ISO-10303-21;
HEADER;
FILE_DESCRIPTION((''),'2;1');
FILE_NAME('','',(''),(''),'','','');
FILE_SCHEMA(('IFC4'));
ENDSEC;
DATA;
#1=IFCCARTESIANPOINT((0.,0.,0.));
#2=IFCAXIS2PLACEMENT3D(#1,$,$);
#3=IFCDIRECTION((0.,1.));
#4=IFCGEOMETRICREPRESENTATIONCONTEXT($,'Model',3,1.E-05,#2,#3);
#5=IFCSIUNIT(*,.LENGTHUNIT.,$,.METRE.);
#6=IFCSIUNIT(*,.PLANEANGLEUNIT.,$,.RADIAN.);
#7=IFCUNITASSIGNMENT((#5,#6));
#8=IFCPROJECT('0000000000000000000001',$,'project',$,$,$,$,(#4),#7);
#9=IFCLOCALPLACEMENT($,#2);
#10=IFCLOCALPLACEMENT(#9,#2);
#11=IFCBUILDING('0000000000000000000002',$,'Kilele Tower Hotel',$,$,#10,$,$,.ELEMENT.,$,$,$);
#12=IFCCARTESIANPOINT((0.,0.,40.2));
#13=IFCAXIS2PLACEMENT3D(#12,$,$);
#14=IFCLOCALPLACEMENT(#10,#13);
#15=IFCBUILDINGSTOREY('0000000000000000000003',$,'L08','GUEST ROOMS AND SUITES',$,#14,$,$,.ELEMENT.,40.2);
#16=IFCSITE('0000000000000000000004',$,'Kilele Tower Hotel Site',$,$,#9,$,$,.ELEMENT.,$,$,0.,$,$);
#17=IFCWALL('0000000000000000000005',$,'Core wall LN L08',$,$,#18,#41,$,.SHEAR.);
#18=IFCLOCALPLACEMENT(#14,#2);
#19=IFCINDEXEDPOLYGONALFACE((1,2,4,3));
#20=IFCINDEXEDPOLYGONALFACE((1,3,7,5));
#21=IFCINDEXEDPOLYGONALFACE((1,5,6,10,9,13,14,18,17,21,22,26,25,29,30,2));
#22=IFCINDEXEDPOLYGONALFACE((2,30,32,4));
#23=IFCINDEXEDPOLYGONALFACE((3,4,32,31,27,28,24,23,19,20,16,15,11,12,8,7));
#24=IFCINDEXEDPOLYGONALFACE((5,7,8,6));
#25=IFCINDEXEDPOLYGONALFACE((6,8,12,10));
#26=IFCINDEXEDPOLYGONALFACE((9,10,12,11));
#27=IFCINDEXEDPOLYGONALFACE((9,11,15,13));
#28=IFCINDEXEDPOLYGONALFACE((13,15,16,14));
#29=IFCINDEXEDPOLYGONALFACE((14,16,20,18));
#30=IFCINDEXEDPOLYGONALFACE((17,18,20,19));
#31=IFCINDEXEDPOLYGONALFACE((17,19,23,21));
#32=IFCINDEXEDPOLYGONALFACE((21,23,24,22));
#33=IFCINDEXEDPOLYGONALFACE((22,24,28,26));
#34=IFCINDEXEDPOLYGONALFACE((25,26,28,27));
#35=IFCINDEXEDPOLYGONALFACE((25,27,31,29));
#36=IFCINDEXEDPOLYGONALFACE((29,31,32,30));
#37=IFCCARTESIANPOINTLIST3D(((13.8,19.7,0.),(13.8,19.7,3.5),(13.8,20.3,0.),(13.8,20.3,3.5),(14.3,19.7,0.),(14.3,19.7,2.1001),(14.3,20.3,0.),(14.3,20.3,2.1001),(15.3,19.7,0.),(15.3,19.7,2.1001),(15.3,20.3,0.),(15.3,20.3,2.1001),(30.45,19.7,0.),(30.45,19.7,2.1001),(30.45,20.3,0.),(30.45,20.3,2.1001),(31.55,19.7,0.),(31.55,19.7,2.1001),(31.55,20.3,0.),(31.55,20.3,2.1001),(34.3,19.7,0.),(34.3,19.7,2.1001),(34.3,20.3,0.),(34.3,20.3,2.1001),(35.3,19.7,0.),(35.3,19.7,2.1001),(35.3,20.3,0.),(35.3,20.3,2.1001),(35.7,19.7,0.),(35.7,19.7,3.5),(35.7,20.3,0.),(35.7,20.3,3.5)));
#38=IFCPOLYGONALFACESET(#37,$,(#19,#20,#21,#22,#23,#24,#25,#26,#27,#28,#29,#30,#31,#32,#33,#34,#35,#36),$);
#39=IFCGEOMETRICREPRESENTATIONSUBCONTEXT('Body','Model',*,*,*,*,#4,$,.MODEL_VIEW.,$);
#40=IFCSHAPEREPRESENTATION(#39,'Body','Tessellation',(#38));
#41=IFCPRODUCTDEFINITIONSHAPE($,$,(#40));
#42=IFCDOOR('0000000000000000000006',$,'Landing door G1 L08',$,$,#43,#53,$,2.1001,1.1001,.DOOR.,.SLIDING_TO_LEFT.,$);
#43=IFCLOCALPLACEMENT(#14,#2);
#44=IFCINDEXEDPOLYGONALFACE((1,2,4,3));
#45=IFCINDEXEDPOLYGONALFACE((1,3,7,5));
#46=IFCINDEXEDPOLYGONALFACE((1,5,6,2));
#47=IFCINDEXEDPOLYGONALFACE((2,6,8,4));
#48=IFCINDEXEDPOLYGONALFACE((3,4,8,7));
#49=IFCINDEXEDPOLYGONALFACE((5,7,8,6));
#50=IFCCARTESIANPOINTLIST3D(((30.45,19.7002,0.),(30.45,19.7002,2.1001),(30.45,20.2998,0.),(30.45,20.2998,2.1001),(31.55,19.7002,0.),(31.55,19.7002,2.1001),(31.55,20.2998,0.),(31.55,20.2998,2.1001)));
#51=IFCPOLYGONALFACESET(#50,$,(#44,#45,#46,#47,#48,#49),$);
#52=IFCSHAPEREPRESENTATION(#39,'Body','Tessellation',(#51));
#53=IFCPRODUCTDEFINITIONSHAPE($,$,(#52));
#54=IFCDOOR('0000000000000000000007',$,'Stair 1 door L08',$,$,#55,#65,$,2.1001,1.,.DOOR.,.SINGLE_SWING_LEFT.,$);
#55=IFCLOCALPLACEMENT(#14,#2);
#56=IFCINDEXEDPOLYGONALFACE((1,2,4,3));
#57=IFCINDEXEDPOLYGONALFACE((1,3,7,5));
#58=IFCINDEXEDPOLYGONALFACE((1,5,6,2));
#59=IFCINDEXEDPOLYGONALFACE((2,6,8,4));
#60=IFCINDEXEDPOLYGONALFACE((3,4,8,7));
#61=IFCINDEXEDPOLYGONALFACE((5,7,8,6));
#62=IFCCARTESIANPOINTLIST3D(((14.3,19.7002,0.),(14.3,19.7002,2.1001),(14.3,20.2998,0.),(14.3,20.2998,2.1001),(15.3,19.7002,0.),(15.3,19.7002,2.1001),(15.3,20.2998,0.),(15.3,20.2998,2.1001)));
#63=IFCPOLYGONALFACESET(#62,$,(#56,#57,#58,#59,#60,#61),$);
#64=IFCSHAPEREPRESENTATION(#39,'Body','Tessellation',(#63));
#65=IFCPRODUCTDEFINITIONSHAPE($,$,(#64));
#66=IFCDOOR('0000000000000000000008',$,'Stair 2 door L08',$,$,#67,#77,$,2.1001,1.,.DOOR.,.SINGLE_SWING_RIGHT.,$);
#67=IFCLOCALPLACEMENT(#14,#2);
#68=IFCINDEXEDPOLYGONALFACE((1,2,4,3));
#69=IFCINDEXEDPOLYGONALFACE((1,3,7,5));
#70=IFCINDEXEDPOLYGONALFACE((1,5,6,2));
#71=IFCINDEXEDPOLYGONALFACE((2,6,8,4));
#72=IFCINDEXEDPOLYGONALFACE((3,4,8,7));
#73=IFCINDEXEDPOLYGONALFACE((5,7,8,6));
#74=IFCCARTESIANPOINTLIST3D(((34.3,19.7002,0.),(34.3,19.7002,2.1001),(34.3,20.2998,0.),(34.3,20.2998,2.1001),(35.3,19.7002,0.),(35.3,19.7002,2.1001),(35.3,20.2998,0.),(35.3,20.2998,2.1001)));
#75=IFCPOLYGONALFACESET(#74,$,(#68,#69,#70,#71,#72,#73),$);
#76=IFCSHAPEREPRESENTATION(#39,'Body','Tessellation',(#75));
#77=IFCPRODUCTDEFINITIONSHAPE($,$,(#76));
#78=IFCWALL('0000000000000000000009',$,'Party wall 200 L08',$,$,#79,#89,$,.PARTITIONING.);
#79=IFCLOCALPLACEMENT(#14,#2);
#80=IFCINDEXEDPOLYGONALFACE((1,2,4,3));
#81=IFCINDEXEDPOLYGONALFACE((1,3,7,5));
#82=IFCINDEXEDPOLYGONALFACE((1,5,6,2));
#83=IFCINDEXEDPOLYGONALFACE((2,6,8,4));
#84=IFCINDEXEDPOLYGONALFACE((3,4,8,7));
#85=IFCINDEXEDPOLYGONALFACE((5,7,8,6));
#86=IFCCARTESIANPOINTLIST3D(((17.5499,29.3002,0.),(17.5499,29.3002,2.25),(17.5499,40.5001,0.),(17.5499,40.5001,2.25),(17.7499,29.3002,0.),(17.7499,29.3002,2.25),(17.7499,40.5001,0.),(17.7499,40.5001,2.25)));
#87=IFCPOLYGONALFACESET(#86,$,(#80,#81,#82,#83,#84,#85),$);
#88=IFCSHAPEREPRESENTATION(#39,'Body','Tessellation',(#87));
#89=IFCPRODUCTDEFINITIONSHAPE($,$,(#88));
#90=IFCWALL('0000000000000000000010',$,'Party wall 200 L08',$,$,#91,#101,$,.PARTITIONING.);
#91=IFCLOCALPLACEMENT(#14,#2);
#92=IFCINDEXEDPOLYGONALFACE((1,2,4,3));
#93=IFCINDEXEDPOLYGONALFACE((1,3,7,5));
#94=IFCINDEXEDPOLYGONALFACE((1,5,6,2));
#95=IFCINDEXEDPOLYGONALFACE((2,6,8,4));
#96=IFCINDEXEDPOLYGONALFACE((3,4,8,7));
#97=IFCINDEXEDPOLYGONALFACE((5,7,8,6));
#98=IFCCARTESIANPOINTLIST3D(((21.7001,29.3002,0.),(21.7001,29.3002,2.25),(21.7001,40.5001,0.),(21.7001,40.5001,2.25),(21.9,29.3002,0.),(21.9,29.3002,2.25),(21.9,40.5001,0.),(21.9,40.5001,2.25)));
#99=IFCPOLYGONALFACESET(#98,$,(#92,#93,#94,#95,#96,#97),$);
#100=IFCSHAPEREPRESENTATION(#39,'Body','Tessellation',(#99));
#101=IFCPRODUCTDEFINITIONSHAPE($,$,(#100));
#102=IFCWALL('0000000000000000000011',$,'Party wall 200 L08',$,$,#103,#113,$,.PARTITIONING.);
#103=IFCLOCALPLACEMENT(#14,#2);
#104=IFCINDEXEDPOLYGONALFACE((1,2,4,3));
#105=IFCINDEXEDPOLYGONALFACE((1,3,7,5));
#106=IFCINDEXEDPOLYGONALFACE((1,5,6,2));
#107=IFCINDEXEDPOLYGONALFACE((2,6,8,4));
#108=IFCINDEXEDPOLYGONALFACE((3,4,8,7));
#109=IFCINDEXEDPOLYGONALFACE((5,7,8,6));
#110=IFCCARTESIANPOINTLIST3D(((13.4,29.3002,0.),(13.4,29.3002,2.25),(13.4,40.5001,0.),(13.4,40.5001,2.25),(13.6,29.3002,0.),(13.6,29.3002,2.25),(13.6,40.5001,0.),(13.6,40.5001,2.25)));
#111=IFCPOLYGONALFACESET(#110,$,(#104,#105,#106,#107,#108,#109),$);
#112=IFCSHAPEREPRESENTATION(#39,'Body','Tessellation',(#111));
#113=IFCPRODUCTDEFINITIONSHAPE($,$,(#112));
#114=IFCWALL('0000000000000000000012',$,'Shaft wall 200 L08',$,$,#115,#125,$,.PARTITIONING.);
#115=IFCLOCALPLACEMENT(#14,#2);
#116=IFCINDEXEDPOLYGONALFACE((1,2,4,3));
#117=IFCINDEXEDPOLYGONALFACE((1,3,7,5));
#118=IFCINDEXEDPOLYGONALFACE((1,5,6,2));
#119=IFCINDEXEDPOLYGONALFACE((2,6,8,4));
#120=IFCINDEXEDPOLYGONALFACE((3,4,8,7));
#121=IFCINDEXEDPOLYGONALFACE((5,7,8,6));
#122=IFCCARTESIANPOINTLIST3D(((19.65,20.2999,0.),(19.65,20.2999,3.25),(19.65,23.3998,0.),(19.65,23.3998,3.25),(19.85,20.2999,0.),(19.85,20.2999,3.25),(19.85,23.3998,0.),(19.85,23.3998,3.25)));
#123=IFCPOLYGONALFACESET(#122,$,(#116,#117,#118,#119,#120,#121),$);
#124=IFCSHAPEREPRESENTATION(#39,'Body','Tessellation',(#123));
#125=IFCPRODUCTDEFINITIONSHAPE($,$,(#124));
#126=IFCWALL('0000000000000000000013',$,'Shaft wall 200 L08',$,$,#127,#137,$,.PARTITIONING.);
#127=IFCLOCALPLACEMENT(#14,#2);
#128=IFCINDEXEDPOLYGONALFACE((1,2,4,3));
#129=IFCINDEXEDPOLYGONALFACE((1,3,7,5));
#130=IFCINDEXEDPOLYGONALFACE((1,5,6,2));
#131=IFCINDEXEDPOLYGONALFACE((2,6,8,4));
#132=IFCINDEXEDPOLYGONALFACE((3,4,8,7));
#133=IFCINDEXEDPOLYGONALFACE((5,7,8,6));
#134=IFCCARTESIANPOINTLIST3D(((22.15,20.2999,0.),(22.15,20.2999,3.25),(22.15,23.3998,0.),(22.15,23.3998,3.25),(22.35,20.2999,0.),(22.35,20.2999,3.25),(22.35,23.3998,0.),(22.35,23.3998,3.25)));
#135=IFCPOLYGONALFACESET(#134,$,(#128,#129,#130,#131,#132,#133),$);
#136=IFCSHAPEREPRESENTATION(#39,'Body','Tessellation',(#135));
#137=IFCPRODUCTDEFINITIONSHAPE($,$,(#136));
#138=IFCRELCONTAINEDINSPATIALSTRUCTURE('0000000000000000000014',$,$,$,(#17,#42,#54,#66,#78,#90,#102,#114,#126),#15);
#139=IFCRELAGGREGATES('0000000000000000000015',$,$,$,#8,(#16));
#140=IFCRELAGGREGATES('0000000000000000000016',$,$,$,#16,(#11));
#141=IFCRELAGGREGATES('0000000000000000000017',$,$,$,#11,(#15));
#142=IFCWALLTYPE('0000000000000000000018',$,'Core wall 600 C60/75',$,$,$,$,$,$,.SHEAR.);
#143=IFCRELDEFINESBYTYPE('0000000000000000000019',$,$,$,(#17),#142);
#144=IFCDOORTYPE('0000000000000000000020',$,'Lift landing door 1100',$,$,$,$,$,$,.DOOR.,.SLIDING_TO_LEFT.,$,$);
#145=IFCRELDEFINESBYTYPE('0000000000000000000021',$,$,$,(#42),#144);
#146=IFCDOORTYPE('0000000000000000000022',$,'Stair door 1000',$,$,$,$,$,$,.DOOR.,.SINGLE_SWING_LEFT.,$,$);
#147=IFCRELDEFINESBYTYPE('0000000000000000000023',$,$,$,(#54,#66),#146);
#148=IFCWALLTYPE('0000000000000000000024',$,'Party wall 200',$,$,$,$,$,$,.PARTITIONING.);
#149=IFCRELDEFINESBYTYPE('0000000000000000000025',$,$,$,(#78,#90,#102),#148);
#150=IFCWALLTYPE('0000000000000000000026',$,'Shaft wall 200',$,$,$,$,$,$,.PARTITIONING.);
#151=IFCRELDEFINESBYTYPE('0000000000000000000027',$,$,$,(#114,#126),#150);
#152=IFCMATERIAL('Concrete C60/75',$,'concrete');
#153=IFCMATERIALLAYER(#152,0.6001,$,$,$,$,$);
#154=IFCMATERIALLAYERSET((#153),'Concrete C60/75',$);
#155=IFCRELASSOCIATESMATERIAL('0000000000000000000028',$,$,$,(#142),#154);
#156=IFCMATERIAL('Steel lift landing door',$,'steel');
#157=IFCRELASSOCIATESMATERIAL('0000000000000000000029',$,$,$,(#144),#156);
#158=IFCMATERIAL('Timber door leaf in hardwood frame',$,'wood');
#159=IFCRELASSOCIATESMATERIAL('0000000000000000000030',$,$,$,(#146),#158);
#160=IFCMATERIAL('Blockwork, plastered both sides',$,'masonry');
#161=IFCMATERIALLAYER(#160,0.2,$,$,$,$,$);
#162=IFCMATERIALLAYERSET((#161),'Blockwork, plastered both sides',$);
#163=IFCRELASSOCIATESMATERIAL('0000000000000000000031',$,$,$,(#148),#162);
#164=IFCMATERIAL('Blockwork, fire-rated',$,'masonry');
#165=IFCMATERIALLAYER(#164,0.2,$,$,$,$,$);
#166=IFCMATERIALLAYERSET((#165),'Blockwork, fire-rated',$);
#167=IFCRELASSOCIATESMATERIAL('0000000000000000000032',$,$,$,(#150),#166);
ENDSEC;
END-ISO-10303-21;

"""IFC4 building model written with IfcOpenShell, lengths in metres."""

from ifc_helpers import new_model, si_unit, direction, frame, frame_2d, origin, place, context, subcontext, project, spatial, rectangle, extrude, material, layer, layer_set, type_object, element, fill, save


model = new_model("IFC4")

# Units and contexts
model_context = context("Model", 3, precision=1e-05, world=origin(), true_north=direction((0.0, 1.0)))
body_context = subcontext(model_context, "Body", "Model", "MODEL_VIEW")
ifc_project = project(units=[si_unit("LENGTHUNIT", "METRE"), si_unit("PLANEANGLEUNIT", "RADIAN")], contexts=[model_context])

# Site, building, storey
site_placement = place(None, origin())
site = spatial("IfcSite", under=ifc_project, at=site_placement, Name="Kilele Tower Hotel Site", CompositionType="ELEMENT", RefElevation=0.0)
building_placement = place(site_placement, origin())
building = spatial("IfcBuilding", under=site, at=building_placement, Name="Kilele Tower Hotel", CompositionType="ELEMENT")
storey_placement = place(building_placement, frame((0.0, 0.0, 40.2)))
storey = spatial("IfcBuildingStorey", under=building, at=storey_placement, Name="L08", Description="GUEST ROOMS AND SUITES", CompositionType="ELEMENT", Elevation=40.2)

# Wall, openings, doors
ifc_material_1 = material(Name="Concrete C60/75", Category="concrete")
ifc_layer_1 = layer(ifc_material_1, 0.6001)
ifc_layer_set_1 = layer_set([ifc_layer_1], Name="Concrete C60/75")
wall_type_1 = type_object("IfcWallType", Name="Core wall 600 C60/75", PredefinedType="SHEAR", material=ifc_layer_set_1)
wall_1_placement = place(storey_placement, frame((13.8, 20.0, 0.0), z_axis=(0.0, 0.0, 1.0), x_axis=(1.0, 0.0, 0.0)))
wall_1 = element("IfcWall", 1, at=wall_1_placement, inside=storey, type_object=wall_type_1, Name="Core wall LN L08", PredefinedType="SHEAR", context=body_context, shape_type="SweptSolid", body=[
    extrude(rectangle(XDim=21.8999, YDim=0.6001, at=frame_2d((10.95, 0.0))), origin(), (0.0, 0.0, 1.0), 3.5),
])
opening_1_placement = place(wall_1_placement, frame((0.5, 0.0, 0.0)))
opening_1 = element("IfcOpeningElement", 2, at=opening_1_placement, cuts=wall_1, PredefinedType="OPENING", context=body_context, shape_type="SweptSolid", body=[
    extrude(rectangle(XDim=1.0, YDim=2.1001, at=frame_2d((0.5, 1.05))), frame((0.0, 0.3101, 0.0), z_axis=(0.0, -1.0, 0.0), x_axis=(1.0, 0.0, 0.0)), (0.0, 0.0, 1.0), 0.6201),
])
opening_2_placement = place(wall_1_placement, frame((20.5, 0.0, 0.0)))
opening_2 = element("IfcOpeningElement", 3, at=opening_2_placement, cuts=wall_1, PredefinedType="OPENING", context=body_context, shape_type="SweptSolid", body=[
    extrude(rectangle(XDim=1.0, YDim=2.1001, at=frame_2d((0.5, 1.05))), frame((0.0, 0.3101, 0.0), z_axis=(0.0, -1.0, 0.0), x_axis=(1.0, 0.0, 0.0)), (0.0, 0.0, 1.0), 0.6201),
])
opening_3_placement = place(wall_1_placement, frame((16.6499, 0.0, 0.0)))
opening_3 = element("IfcOpeningElement", 4, at=opening_3_placement, cuts=wall_1, PredefinedType="OPENING", context=body_context, shape_type="SweptSolid", body=[
    extrude(rectangle(XDim=1.1001, YDim=2.1001, at=frame_2d((0.55, 1.05))), frame((0.0, 0.3101, 0.0), z_axis=(0.0, -1.0, 0.0), x_axis=(1.0, 0.0, 0.0)), (0.0, 0.0, 1.0), 0.6201),
])
ifc_material_2 = material(Name="Steel lift landing door", Category="steel")
door_type_1 = type_object("IfcDoorType", Name="Lift landing door 1100", OperationType="SLIDING_TO_LEFT", PredefinedType="DOOR", material=ifc_material_2)
door_1_placement = place(opening_3_placement, origin())
door_1 = element("IfcDoor", 5, at=door_1_placement, inside=storey, type_object=door_type_1, Name="Landing door G1 L08", OperationType="SLIDING_TO_LEFT", OverallHeight=2.1001, OverallWidth=1.1001, PredefinedType="DOOR", context=body_context, shape_type="SweptSolid", body=[
    extrude(rectangle(XDim=1.1001, YDim=2.1001, at=frame_2d((0.55, 1.05))), frame((0.0, 0.2998, 0.0), z_axis=(0.0, -1.0, 0.0), x_axis=(1.0, 0.0, 0.0)), (0.0, 0.0, 1.0), 0.5996),
])
fill(opening_3, door_1)
ifc_material_3 = material(Name="Timber door leaf in hardwood frame", Category="wood")
door_type_2 = type_object("IfcDoorType", Name="Stair door 1000", OperationType="SINGLE_SWING_LEFT", PredefinedType="DOOR", material=ifc_material_3)
door_2_placement = place(opening_1_placement, origin())
door_2 = element("IfcDoor", 6, at=door_2_placement, inside=storey, type_object=door_type_2, Name="Stair 1 door L08", OperationType="SINGLE_SWING_LEFT", OverallHeight=2.1001, OverallWidth=1.0, PredefinedType="DOOR", context=body_context, shape_type="SweptSolid", body=[
    extrude(rectangle(XDim=1.0, YDim=2.1001, at=frame_2d((0.5, 1.05))), frame((0.0, 0.2998, 0.0), z_axis=(0.0, -1.0, 0.0), x_axis=(1.0, 0.0, 0.0)), (0.0, 0.0, 1.0), 0.5996),
])
fill(opening_1, door_2)
door_3_placement = place(opening_2_placement, origin())
door_3 = element("IfcDoor", 7, at=door_3_placement, inside=storey, type_object=door_type_2, Name="Stair 2 door L08", OperationType="SINGLE_SWING_RIGHT", OverallHeight=2.1001, OverallWidth=1.0, PredefinedType="DOOR", context=body_context, shape_type="SweptSolid", body=[
    extrude(rectangle(XDim=1.0, YDim=2.1001, at=frame_2d((0.5, 1.05))), frame((0.0, 0.2998, 0.0), z_axis=(0.0, -1.0, 0.0), x_axis=(1.0, 0.0, 0.0)), (0.0, 0.0, 1.0), 0.5996),
])
fill(opening_2, door_3)

# Walls
ifc_material_4 = material(Name="Blockwork, plastered both sides", Category="masonry")
ifc_layer_2 = layer(ifc_material_4, 0.2)
ifc_layer_set_2 = layer_set([ifc_layer_2], Name="Blockwork, plastered both sides")
wall_type_2 = type_object("IfcWallType", Name="Party wall 200", PredefinedType="PARTITIONING", material=ifc_layer_set_2)
for number, where, z_axis, x_axis, name in (
    (8, (17.6499, 29.3, 0.0), (0.0, 0.0, 1.0), (0.0, 1.0, 0.0), "Party wall 200 L08"),
    (9, (21.8, 29.3, 0.0), (0.0, 0.0, 1.0), (0.0, 1.0, 0.0), "Party wall 200 L08"),
    (10, (13.5, 29.3, 0.0), (0.0, 0.0, 1.0), (0.0, 1.0, 0.0), "Party wall 200 L08"),
):
    element("IfcWall", number, at=place(storey_placement, frame(where, z_axis=z_axis, x_axis=x_axis)), inside=storey, type_object=wall_type_2, Name=name, PredefinedType="PARTITIONING", context=body_context, shape_type="SweptSolid", body=[
        extrude(rectangle(XDim=11.2, YDim=0.2, at=frame_2d((5.6001, 0.0))), origin(), (0.0, 0.0, 1.0), 2.25),
    ])
ifc_material_5 = material(Name="Blockwork, fire-rated", Category="masonry")
ifc_layer_3 = layer(ifc_material_5, 0.2)
ifc_layer_set_3 = layer_set([ifc_layer_3], Name="Blockwork, fire-rated")
wall_type_3 = type_object("IfcWallType", Name="Shaft wall 200", PredefinedType="PARTITIONING", material=ifc_layer_set_3)
for number, where, z_axis, x_axis, name in (
    (11, (19.75, 20.3, 0.0), (0.0, 0.0, 1.0), (0.0, 1.0, 0.0), "Shaft wall 200 L08"),
    (12, (22.25, 20.3, 0.0), (0.0, 0.0, 1.0), (0.0, 1.0, 0.0), "Shaft wall 200 L08"),
):
    element("IfcWall", number, at=place(storey_placement, frame(where, z_axis=z_axis, x_axis=x_axis)), inside=storey, type_object=wall_type_3, Name=name, PredefinedType="PARTITIONING", context=body_context, shape_type="SweptSolid", body=[
        extrude(rectangle(XDim=3.0999, YDim=0.2, at=frame_2d((1.5498, 0.0))), origin(), (0.0, 0.0, 1.0), 3.25),
    ])

save(model, "model.ifc")
